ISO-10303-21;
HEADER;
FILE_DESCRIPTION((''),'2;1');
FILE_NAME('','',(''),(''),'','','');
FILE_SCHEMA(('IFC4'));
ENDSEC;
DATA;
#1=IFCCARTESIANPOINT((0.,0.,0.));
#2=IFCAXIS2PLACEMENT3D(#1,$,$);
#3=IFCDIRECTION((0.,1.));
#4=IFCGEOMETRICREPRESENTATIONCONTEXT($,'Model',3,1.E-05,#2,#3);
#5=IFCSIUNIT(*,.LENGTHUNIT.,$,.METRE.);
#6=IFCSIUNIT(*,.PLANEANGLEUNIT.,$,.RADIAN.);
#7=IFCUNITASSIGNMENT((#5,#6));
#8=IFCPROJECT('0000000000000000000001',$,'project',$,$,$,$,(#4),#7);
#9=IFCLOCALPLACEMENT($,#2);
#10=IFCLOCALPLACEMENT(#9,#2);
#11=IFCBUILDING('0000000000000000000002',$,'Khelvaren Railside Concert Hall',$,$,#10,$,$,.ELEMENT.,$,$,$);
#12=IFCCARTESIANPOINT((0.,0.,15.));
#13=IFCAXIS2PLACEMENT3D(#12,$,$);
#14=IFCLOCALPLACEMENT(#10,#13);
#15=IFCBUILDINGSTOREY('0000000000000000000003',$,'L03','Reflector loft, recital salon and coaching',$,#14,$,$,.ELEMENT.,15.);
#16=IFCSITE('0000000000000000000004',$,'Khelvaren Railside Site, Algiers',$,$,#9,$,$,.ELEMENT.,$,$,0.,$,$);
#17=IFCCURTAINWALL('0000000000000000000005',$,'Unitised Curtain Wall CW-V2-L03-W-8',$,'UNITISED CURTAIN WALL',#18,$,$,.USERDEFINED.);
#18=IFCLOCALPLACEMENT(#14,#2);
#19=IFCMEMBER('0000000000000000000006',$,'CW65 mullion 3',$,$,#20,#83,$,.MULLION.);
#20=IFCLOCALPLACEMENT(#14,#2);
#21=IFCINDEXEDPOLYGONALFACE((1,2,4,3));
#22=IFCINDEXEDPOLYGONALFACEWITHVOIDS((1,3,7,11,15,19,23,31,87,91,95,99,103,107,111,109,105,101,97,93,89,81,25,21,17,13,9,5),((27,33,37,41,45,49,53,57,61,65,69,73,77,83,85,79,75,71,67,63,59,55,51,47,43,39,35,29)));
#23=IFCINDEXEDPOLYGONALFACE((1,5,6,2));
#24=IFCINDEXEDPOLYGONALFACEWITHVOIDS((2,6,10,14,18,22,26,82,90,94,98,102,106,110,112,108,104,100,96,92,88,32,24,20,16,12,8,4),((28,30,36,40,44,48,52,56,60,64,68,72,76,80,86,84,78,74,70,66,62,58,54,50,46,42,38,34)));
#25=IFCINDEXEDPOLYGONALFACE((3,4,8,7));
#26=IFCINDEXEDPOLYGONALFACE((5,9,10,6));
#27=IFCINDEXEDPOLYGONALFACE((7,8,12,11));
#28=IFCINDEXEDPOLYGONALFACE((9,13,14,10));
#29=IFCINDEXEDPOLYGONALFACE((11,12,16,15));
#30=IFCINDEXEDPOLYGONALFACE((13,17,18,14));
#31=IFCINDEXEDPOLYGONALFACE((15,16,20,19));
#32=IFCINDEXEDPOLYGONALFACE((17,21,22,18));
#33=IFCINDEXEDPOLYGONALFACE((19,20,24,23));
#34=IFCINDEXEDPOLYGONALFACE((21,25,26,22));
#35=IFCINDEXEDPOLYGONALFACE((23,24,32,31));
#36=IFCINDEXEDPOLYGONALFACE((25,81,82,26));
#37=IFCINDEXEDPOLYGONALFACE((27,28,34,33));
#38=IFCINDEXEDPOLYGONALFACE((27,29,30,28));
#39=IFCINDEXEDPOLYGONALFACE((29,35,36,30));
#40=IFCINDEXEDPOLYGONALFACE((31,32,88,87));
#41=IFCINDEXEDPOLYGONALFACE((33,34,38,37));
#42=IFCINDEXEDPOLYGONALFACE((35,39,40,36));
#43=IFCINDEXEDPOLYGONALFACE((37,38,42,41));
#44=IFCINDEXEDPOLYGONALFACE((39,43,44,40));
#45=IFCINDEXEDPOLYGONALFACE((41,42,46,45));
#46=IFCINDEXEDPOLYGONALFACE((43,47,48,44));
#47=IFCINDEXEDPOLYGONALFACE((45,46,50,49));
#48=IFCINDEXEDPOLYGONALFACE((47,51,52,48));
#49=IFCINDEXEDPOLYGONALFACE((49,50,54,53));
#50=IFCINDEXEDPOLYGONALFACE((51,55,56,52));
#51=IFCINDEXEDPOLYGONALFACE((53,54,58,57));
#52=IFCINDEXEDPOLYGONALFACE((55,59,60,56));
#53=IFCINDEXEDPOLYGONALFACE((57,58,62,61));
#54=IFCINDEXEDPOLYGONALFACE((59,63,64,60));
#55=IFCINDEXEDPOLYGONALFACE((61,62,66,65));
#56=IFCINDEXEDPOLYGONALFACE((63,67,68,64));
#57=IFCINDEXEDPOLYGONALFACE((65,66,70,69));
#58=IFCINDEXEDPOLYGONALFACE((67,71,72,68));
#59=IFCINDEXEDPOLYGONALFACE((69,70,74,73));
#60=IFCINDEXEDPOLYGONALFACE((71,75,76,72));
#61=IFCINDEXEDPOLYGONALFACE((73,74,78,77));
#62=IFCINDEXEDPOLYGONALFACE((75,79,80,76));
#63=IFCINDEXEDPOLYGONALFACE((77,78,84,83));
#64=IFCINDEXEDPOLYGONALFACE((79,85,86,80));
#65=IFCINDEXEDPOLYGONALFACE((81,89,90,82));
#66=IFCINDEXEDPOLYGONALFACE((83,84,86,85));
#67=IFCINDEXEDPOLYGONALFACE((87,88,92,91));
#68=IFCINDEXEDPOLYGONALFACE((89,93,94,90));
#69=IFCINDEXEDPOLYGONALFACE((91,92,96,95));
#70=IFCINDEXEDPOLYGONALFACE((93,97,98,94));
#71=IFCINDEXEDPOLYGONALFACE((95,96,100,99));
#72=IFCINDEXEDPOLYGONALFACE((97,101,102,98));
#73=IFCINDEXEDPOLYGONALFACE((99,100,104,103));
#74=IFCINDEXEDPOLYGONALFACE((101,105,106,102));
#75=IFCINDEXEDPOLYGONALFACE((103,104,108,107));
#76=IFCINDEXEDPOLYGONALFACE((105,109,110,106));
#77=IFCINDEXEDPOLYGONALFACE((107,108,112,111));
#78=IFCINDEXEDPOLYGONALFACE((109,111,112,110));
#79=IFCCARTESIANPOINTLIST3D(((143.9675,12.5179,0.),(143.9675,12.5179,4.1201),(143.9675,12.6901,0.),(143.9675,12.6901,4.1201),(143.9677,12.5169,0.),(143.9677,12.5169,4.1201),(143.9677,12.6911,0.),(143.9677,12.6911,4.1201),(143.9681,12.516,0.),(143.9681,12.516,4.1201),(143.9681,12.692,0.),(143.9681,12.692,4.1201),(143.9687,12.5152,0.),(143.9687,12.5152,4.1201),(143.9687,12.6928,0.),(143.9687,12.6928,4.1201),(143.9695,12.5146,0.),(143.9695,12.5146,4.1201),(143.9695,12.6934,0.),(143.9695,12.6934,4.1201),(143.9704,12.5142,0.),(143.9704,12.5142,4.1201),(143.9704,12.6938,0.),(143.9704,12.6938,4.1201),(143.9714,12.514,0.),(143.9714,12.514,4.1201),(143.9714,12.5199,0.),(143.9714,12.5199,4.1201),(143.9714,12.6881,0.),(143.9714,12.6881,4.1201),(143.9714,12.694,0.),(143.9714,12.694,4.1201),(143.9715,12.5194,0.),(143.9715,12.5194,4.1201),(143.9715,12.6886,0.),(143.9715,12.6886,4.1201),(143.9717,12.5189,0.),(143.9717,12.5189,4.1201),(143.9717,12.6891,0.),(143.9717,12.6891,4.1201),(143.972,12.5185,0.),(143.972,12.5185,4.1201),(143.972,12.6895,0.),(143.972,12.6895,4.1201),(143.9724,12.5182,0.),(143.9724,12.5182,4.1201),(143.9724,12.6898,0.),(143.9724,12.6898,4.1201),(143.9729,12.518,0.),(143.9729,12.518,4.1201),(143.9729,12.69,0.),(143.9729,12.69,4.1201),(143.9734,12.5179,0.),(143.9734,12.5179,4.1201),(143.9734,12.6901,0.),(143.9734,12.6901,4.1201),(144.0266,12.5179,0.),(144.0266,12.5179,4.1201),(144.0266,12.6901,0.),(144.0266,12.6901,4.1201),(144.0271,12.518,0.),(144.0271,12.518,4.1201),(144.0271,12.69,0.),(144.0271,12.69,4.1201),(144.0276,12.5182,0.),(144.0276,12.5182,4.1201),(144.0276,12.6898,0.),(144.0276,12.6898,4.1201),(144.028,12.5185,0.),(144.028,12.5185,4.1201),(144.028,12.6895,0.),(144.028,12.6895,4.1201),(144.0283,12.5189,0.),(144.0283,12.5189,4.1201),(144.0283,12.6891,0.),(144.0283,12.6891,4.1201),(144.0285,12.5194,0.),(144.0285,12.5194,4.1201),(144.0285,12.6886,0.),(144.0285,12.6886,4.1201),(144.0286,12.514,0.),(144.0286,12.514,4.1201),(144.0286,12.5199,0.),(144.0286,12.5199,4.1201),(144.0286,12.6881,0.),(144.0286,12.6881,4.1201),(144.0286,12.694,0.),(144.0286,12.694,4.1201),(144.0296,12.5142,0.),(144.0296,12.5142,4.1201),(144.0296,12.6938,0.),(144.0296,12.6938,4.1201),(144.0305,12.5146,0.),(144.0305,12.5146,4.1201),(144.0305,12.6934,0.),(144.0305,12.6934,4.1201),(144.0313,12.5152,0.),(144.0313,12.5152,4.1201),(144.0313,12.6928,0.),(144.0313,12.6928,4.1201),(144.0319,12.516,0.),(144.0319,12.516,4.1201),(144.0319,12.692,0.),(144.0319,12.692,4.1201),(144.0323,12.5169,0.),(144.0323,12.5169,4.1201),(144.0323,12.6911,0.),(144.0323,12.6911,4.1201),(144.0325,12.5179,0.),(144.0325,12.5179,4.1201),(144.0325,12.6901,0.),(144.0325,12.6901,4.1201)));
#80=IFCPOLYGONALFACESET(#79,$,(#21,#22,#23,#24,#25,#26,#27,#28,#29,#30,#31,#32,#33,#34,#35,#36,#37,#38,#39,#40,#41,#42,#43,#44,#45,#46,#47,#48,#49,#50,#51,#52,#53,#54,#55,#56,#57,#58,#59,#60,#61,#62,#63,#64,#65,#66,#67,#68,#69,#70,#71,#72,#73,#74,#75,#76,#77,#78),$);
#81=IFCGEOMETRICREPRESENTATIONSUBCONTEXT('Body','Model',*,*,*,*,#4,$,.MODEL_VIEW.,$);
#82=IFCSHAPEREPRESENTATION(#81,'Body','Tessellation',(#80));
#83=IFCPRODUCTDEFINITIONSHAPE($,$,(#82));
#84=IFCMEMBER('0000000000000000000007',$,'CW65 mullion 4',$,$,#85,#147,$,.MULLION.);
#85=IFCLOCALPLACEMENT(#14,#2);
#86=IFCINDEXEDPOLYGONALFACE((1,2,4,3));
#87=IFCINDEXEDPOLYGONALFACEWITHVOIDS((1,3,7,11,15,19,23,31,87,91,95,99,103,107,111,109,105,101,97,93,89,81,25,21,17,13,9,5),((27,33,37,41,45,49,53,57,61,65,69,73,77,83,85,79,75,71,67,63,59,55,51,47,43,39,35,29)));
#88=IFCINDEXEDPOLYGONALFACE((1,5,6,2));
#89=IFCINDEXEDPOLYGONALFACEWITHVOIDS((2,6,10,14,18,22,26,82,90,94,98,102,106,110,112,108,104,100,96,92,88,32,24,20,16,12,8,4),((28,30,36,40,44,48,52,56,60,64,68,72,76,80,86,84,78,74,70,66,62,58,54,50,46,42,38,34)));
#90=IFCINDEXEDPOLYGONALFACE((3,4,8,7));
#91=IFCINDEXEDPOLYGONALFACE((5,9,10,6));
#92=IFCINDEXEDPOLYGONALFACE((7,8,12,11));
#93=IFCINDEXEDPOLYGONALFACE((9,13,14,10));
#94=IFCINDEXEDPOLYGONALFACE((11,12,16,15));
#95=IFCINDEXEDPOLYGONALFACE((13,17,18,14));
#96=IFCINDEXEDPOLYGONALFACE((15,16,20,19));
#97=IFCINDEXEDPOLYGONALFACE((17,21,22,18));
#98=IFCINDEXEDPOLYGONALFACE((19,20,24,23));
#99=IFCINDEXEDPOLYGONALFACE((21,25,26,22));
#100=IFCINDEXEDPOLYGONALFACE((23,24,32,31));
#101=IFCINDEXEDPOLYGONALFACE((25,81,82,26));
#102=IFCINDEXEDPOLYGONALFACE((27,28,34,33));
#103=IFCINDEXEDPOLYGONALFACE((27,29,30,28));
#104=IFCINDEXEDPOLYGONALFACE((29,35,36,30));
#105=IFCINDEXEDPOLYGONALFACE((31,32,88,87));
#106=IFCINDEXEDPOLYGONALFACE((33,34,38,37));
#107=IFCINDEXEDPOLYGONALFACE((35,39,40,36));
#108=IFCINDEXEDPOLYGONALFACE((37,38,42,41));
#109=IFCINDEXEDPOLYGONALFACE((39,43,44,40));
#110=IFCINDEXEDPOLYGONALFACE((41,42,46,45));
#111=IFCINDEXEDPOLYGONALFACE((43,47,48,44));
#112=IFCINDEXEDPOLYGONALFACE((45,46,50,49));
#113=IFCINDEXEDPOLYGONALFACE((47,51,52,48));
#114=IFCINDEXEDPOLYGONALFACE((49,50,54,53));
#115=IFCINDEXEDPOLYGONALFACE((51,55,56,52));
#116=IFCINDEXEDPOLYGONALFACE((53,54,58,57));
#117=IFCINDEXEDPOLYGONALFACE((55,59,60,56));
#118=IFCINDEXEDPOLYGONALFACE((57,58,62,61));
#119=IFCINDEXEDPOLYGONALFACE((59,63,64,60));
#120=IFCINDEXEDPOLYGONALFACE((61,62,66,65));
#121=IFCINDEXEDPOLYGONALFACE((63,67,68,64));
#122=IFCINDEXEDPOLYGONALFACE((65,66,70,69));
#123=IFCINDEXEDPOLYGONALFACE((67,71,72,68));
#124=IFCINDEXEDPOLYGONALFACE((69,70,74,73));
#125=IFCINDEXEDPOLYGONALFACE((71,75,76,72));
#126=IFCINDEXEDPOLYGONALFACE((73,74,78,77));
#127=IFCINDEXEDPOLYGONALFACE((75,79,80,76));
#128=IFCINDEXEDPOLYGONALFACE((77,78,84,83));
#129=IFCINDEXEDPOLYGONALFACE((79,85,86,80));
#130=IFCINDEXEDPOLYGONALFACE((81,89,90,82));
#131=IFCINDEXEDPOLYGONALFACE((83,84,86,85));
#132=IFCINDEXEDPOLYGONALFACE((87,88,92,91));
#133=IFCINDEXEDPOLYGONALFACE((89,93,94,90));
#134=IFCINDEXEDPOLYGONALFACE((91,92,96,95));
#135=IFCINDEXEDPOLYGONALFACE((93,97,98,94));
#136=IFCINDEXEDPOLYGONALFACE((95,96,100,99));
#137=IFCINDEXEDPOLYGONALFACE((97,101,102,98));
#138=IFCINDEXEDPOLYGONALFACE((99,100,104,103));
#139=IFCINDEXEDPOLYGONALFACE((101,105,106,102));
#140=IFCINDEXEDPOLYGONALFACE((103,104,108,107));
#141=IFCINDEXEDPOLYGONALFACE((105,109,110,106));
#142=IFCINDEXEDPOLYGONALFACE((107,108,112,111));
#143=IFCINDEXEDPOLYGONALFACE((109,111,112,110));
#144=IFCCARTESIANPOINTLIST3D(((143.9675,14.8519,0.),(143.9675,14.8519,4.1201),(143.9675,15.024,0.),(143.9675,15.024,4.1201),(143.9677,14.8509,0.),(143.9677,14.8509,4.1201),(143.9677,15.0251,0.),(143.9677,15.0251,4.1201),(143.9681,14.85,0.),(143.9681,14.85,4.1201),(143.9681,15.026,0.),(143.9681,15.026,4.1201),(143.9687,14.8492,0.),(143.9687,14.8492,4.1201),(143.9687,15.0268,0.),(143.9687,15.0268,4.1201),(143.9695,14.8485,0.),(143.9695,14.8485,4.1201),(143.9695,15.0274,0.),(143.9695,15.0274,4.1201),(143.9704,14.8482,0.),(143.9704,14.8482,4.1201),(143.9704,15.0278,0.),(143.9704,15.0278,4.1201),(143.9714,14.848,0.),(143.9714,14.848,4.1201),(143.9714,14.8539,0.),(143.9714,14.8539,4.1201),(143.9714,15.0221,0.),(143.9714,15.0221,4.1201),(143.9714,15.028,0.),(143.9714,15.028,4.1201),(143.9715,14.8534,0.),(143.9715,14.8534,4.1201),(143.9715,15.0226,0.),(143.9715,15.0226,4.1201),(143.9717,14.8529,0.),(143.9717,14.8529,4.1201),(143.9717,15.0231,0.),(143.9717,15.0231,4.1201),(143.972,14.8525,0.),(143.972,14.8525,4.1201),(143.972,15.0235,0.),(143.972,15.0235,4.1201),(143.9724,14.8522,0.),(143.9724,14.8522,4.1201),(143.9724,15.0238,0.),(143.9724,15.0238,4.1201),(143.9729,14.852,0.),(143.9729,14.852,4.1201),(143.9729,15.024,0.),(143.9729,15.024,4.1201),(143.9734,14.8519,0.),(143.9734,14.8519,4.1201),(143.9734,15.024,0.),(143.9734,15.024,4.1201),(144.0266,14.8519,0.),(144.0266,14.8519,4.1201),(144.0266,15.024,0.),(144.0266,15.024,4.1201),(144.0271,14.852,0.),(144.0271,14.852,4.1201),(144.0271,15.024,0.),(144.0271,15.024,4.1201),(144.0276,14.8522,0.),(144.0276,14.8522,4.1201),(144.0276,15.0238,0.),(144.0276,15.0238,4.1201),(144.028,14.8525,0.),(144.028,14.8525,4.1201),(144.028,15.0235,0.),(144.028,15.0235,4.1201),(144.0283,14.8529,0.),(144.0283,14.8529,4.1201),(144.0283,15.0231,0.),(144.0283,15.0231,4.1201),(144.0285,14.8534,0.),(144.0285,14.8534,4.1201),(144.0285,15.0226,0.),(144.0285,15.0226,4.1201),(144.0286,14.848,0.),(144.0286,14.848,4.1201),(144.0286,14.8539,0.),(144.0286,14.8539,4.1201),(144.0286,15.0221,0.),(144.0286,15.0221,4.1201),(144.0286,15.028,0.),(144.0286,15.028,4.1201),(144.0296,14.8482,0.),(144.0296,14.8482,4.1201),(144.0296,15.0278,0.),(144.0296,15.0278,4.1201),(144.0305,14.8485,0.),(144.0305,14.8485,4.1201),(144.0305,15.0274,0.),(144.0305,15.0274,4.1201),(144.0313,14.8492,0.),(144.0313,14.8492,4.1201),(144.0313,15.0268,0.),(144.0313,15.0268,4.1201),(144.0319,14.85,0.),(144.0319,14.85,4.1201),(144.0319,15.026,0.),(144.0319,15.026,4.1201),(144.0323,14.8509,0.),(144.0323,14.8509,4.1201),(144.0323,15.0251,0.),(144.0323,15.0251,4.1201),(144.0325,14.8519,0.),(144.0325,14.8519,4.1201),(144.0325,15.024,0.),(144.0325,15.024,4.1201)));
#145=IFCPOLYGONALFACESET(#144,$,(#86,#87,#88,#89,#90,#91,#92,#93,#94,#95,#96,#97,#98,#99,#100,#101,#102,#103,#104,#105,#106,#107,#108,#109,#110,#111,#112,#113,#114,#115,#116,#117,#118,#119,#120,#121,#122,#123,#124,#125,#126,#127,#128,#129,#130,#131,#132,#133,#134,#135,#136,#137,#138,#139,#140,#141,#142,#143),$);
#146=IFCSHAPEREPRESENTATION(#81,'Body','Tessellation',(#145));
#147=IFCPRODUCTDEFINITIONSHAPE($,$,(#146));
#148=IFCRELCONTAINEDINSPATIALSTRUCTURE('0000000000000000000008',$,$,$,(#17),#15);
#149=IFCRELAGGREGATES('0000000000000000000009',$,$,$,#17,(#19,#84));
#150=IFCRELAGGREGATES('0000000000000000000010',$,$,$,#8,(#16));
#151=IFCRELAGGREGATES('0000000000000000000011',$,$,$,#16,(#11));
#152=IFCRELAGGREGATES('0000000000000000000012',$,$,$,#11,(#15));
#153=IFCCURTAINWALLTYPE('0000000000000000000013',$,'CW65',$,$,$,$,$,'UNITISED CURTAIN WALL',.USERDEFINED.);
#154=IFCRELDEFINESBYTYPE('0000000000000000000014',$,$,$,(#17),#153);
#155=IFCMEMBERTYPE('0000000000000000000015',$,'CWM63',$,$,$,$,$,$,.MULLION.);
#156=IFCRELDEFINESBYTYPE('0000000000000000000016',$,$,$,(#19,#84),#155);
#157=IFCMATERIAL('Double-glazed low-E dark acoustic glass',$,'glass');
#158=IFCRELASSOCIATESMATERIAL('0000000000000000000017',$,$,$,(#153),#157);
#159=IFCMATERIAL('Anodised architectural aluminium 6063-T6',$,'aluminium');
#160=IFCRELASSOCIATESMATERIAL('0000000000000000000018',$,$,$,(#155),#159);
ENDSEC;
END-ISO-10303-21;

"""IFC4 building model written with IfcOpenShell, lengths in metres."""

from ifc_helpers import new_model, si_unit, direction, frame, origin, origin_2d, place, context, subcontext, project, spatial, hollow_rectangle, extrude, material, material_profile, profile_set, type_object, element, aggregate, save


model = new_model("IFC4")

# Units and contexts
model_context = context("Model", 3, precision=1e-05, world=origin(), true_north=direction((0.0, 1.0)))
body_context = subcontext(model_context, "Body", "Model", "MODEL_VIEW")
ifc_project = project(units=[si_unit("LENGTHUNIT", "METRE"), si_unit("PLANEANGLEUNIT", "RADIAN")], contexts=[model_context])

# Site, building, storey
site_placement = place(None, origin())
site = spatial("IfcSite", under=ifc_project, at=site_placement, Name="Khelvaren Railside Site, Algiers", CompositionType="ELEMENT", RefElevation=0.0)
building_placement = place(site_placement, origin())
building = spatial("IfcBuilding", under=site, at=building_placement, Name="Khelvaren Railside Concert Hall", CompositionType="ELEMENT")
storey_placement = place(building_placement, frame((0.0, 0.0, 15.0)))
storey = spatial("IfcBuildingStorey", under=building, at=storey_placement, Name="L03", Description="Reflector loft, recital salon and coaching", CompositionType="ELEMENT", Elevation=15.0)

# Shared definitions
ifc_material_1 = material(Name="Anodised architectural aluminium 6063-T6", Category="aluminium")

# Curtain wall, members
ifc_material_2 = material(Name="Double-glazed low-E dark acoustic glass", Category="glass")
curtain_wall_type_1 = type_object("IfcCurtainWallType", Name="CW65", ElementType="UNITISED CURTAIN WALL", PredefinedType="USERDEFINED", material=ifc_material_2)
curtain_wall_1_placement = place(storey_placement, origin())
curtain_wall_1 = element("IfcCurtainWall", 1, at=curtain_wall_1_placement, inside=storey, type_object=curtain_wall_type_1, Name="Unitised Curtain Wall CW-V2-L03-W-8", ObjectType="UNITISED CURTAIN WALL", PredefinedType="USERDEFINED")
ifc_material_profile_1 = material_profile(ifc_material_1, hollow_rectangle(XDim=0.0649, YDim=0.1799, WallThickness=0.0039, InnerFilletRadius=0.002, OuterFilletRadius=0.0039, at=origin_2d()), Name="CWM 65x180x4")
ifc_profile_set_1 = profile_set([ifc_material_profile_1], Name="Anodised architectural aluminium 6063-T6")
member_type_1 = type_object("IfcMemberType", Name="CWM63", PredefinedType="MULLION", material=ifc_profile_set_1)
member_1_placement = place(storey_placement, frame((144.0, 12.604, 0.0), z_axis=(0.0, 0.0, 1.0), x_axis=(-1.0, 0.0, 0.0)))
member_1 = element("IfcMember", 2, at=member_1_placement, type_object=member_type_1, Name="CW65 mullion 3", PredefinedType="MULLION", context=body_context, shape_type="SweptSolid", body=[
    extrude(hollow_rectangle(XDim=0.0649, YDim=0.1799, WallThickness=0.0039, InnerFilletRadius=0.002, OuterFilletRadius=0.0039, at=origin_2d()), origin(), (0.0, 0.0, 1.0), 4.1201),
])
member_2_placement = place(storey_placement, frame((144.0, 14.938, 0.0), z_axis=(0.0, 0.0, 1.0), x_axis=(-1.0, 0.0, 0.0)))
member_2 = element("IfcMember", 3, at=member_2_placement, type_object=member_type_1, Name="CW65 mullion 4", PredefinedType="MULLION", context=body_context, shape_type="SweptSolid", body=[
    extrude(hollow_rectangle(XDim=0.0649, YDim=0.1799, WallThickness=0.0039, InnerFilletRadius=0.002, OuterFilletRadius=0.0039, at=origin_2d()), origin(), (0.0, 0.0, 1.0), 4.1201),
])

aggregate(curtain_wall_1, [member_1, member_2])

save(model, "model.ifc")
